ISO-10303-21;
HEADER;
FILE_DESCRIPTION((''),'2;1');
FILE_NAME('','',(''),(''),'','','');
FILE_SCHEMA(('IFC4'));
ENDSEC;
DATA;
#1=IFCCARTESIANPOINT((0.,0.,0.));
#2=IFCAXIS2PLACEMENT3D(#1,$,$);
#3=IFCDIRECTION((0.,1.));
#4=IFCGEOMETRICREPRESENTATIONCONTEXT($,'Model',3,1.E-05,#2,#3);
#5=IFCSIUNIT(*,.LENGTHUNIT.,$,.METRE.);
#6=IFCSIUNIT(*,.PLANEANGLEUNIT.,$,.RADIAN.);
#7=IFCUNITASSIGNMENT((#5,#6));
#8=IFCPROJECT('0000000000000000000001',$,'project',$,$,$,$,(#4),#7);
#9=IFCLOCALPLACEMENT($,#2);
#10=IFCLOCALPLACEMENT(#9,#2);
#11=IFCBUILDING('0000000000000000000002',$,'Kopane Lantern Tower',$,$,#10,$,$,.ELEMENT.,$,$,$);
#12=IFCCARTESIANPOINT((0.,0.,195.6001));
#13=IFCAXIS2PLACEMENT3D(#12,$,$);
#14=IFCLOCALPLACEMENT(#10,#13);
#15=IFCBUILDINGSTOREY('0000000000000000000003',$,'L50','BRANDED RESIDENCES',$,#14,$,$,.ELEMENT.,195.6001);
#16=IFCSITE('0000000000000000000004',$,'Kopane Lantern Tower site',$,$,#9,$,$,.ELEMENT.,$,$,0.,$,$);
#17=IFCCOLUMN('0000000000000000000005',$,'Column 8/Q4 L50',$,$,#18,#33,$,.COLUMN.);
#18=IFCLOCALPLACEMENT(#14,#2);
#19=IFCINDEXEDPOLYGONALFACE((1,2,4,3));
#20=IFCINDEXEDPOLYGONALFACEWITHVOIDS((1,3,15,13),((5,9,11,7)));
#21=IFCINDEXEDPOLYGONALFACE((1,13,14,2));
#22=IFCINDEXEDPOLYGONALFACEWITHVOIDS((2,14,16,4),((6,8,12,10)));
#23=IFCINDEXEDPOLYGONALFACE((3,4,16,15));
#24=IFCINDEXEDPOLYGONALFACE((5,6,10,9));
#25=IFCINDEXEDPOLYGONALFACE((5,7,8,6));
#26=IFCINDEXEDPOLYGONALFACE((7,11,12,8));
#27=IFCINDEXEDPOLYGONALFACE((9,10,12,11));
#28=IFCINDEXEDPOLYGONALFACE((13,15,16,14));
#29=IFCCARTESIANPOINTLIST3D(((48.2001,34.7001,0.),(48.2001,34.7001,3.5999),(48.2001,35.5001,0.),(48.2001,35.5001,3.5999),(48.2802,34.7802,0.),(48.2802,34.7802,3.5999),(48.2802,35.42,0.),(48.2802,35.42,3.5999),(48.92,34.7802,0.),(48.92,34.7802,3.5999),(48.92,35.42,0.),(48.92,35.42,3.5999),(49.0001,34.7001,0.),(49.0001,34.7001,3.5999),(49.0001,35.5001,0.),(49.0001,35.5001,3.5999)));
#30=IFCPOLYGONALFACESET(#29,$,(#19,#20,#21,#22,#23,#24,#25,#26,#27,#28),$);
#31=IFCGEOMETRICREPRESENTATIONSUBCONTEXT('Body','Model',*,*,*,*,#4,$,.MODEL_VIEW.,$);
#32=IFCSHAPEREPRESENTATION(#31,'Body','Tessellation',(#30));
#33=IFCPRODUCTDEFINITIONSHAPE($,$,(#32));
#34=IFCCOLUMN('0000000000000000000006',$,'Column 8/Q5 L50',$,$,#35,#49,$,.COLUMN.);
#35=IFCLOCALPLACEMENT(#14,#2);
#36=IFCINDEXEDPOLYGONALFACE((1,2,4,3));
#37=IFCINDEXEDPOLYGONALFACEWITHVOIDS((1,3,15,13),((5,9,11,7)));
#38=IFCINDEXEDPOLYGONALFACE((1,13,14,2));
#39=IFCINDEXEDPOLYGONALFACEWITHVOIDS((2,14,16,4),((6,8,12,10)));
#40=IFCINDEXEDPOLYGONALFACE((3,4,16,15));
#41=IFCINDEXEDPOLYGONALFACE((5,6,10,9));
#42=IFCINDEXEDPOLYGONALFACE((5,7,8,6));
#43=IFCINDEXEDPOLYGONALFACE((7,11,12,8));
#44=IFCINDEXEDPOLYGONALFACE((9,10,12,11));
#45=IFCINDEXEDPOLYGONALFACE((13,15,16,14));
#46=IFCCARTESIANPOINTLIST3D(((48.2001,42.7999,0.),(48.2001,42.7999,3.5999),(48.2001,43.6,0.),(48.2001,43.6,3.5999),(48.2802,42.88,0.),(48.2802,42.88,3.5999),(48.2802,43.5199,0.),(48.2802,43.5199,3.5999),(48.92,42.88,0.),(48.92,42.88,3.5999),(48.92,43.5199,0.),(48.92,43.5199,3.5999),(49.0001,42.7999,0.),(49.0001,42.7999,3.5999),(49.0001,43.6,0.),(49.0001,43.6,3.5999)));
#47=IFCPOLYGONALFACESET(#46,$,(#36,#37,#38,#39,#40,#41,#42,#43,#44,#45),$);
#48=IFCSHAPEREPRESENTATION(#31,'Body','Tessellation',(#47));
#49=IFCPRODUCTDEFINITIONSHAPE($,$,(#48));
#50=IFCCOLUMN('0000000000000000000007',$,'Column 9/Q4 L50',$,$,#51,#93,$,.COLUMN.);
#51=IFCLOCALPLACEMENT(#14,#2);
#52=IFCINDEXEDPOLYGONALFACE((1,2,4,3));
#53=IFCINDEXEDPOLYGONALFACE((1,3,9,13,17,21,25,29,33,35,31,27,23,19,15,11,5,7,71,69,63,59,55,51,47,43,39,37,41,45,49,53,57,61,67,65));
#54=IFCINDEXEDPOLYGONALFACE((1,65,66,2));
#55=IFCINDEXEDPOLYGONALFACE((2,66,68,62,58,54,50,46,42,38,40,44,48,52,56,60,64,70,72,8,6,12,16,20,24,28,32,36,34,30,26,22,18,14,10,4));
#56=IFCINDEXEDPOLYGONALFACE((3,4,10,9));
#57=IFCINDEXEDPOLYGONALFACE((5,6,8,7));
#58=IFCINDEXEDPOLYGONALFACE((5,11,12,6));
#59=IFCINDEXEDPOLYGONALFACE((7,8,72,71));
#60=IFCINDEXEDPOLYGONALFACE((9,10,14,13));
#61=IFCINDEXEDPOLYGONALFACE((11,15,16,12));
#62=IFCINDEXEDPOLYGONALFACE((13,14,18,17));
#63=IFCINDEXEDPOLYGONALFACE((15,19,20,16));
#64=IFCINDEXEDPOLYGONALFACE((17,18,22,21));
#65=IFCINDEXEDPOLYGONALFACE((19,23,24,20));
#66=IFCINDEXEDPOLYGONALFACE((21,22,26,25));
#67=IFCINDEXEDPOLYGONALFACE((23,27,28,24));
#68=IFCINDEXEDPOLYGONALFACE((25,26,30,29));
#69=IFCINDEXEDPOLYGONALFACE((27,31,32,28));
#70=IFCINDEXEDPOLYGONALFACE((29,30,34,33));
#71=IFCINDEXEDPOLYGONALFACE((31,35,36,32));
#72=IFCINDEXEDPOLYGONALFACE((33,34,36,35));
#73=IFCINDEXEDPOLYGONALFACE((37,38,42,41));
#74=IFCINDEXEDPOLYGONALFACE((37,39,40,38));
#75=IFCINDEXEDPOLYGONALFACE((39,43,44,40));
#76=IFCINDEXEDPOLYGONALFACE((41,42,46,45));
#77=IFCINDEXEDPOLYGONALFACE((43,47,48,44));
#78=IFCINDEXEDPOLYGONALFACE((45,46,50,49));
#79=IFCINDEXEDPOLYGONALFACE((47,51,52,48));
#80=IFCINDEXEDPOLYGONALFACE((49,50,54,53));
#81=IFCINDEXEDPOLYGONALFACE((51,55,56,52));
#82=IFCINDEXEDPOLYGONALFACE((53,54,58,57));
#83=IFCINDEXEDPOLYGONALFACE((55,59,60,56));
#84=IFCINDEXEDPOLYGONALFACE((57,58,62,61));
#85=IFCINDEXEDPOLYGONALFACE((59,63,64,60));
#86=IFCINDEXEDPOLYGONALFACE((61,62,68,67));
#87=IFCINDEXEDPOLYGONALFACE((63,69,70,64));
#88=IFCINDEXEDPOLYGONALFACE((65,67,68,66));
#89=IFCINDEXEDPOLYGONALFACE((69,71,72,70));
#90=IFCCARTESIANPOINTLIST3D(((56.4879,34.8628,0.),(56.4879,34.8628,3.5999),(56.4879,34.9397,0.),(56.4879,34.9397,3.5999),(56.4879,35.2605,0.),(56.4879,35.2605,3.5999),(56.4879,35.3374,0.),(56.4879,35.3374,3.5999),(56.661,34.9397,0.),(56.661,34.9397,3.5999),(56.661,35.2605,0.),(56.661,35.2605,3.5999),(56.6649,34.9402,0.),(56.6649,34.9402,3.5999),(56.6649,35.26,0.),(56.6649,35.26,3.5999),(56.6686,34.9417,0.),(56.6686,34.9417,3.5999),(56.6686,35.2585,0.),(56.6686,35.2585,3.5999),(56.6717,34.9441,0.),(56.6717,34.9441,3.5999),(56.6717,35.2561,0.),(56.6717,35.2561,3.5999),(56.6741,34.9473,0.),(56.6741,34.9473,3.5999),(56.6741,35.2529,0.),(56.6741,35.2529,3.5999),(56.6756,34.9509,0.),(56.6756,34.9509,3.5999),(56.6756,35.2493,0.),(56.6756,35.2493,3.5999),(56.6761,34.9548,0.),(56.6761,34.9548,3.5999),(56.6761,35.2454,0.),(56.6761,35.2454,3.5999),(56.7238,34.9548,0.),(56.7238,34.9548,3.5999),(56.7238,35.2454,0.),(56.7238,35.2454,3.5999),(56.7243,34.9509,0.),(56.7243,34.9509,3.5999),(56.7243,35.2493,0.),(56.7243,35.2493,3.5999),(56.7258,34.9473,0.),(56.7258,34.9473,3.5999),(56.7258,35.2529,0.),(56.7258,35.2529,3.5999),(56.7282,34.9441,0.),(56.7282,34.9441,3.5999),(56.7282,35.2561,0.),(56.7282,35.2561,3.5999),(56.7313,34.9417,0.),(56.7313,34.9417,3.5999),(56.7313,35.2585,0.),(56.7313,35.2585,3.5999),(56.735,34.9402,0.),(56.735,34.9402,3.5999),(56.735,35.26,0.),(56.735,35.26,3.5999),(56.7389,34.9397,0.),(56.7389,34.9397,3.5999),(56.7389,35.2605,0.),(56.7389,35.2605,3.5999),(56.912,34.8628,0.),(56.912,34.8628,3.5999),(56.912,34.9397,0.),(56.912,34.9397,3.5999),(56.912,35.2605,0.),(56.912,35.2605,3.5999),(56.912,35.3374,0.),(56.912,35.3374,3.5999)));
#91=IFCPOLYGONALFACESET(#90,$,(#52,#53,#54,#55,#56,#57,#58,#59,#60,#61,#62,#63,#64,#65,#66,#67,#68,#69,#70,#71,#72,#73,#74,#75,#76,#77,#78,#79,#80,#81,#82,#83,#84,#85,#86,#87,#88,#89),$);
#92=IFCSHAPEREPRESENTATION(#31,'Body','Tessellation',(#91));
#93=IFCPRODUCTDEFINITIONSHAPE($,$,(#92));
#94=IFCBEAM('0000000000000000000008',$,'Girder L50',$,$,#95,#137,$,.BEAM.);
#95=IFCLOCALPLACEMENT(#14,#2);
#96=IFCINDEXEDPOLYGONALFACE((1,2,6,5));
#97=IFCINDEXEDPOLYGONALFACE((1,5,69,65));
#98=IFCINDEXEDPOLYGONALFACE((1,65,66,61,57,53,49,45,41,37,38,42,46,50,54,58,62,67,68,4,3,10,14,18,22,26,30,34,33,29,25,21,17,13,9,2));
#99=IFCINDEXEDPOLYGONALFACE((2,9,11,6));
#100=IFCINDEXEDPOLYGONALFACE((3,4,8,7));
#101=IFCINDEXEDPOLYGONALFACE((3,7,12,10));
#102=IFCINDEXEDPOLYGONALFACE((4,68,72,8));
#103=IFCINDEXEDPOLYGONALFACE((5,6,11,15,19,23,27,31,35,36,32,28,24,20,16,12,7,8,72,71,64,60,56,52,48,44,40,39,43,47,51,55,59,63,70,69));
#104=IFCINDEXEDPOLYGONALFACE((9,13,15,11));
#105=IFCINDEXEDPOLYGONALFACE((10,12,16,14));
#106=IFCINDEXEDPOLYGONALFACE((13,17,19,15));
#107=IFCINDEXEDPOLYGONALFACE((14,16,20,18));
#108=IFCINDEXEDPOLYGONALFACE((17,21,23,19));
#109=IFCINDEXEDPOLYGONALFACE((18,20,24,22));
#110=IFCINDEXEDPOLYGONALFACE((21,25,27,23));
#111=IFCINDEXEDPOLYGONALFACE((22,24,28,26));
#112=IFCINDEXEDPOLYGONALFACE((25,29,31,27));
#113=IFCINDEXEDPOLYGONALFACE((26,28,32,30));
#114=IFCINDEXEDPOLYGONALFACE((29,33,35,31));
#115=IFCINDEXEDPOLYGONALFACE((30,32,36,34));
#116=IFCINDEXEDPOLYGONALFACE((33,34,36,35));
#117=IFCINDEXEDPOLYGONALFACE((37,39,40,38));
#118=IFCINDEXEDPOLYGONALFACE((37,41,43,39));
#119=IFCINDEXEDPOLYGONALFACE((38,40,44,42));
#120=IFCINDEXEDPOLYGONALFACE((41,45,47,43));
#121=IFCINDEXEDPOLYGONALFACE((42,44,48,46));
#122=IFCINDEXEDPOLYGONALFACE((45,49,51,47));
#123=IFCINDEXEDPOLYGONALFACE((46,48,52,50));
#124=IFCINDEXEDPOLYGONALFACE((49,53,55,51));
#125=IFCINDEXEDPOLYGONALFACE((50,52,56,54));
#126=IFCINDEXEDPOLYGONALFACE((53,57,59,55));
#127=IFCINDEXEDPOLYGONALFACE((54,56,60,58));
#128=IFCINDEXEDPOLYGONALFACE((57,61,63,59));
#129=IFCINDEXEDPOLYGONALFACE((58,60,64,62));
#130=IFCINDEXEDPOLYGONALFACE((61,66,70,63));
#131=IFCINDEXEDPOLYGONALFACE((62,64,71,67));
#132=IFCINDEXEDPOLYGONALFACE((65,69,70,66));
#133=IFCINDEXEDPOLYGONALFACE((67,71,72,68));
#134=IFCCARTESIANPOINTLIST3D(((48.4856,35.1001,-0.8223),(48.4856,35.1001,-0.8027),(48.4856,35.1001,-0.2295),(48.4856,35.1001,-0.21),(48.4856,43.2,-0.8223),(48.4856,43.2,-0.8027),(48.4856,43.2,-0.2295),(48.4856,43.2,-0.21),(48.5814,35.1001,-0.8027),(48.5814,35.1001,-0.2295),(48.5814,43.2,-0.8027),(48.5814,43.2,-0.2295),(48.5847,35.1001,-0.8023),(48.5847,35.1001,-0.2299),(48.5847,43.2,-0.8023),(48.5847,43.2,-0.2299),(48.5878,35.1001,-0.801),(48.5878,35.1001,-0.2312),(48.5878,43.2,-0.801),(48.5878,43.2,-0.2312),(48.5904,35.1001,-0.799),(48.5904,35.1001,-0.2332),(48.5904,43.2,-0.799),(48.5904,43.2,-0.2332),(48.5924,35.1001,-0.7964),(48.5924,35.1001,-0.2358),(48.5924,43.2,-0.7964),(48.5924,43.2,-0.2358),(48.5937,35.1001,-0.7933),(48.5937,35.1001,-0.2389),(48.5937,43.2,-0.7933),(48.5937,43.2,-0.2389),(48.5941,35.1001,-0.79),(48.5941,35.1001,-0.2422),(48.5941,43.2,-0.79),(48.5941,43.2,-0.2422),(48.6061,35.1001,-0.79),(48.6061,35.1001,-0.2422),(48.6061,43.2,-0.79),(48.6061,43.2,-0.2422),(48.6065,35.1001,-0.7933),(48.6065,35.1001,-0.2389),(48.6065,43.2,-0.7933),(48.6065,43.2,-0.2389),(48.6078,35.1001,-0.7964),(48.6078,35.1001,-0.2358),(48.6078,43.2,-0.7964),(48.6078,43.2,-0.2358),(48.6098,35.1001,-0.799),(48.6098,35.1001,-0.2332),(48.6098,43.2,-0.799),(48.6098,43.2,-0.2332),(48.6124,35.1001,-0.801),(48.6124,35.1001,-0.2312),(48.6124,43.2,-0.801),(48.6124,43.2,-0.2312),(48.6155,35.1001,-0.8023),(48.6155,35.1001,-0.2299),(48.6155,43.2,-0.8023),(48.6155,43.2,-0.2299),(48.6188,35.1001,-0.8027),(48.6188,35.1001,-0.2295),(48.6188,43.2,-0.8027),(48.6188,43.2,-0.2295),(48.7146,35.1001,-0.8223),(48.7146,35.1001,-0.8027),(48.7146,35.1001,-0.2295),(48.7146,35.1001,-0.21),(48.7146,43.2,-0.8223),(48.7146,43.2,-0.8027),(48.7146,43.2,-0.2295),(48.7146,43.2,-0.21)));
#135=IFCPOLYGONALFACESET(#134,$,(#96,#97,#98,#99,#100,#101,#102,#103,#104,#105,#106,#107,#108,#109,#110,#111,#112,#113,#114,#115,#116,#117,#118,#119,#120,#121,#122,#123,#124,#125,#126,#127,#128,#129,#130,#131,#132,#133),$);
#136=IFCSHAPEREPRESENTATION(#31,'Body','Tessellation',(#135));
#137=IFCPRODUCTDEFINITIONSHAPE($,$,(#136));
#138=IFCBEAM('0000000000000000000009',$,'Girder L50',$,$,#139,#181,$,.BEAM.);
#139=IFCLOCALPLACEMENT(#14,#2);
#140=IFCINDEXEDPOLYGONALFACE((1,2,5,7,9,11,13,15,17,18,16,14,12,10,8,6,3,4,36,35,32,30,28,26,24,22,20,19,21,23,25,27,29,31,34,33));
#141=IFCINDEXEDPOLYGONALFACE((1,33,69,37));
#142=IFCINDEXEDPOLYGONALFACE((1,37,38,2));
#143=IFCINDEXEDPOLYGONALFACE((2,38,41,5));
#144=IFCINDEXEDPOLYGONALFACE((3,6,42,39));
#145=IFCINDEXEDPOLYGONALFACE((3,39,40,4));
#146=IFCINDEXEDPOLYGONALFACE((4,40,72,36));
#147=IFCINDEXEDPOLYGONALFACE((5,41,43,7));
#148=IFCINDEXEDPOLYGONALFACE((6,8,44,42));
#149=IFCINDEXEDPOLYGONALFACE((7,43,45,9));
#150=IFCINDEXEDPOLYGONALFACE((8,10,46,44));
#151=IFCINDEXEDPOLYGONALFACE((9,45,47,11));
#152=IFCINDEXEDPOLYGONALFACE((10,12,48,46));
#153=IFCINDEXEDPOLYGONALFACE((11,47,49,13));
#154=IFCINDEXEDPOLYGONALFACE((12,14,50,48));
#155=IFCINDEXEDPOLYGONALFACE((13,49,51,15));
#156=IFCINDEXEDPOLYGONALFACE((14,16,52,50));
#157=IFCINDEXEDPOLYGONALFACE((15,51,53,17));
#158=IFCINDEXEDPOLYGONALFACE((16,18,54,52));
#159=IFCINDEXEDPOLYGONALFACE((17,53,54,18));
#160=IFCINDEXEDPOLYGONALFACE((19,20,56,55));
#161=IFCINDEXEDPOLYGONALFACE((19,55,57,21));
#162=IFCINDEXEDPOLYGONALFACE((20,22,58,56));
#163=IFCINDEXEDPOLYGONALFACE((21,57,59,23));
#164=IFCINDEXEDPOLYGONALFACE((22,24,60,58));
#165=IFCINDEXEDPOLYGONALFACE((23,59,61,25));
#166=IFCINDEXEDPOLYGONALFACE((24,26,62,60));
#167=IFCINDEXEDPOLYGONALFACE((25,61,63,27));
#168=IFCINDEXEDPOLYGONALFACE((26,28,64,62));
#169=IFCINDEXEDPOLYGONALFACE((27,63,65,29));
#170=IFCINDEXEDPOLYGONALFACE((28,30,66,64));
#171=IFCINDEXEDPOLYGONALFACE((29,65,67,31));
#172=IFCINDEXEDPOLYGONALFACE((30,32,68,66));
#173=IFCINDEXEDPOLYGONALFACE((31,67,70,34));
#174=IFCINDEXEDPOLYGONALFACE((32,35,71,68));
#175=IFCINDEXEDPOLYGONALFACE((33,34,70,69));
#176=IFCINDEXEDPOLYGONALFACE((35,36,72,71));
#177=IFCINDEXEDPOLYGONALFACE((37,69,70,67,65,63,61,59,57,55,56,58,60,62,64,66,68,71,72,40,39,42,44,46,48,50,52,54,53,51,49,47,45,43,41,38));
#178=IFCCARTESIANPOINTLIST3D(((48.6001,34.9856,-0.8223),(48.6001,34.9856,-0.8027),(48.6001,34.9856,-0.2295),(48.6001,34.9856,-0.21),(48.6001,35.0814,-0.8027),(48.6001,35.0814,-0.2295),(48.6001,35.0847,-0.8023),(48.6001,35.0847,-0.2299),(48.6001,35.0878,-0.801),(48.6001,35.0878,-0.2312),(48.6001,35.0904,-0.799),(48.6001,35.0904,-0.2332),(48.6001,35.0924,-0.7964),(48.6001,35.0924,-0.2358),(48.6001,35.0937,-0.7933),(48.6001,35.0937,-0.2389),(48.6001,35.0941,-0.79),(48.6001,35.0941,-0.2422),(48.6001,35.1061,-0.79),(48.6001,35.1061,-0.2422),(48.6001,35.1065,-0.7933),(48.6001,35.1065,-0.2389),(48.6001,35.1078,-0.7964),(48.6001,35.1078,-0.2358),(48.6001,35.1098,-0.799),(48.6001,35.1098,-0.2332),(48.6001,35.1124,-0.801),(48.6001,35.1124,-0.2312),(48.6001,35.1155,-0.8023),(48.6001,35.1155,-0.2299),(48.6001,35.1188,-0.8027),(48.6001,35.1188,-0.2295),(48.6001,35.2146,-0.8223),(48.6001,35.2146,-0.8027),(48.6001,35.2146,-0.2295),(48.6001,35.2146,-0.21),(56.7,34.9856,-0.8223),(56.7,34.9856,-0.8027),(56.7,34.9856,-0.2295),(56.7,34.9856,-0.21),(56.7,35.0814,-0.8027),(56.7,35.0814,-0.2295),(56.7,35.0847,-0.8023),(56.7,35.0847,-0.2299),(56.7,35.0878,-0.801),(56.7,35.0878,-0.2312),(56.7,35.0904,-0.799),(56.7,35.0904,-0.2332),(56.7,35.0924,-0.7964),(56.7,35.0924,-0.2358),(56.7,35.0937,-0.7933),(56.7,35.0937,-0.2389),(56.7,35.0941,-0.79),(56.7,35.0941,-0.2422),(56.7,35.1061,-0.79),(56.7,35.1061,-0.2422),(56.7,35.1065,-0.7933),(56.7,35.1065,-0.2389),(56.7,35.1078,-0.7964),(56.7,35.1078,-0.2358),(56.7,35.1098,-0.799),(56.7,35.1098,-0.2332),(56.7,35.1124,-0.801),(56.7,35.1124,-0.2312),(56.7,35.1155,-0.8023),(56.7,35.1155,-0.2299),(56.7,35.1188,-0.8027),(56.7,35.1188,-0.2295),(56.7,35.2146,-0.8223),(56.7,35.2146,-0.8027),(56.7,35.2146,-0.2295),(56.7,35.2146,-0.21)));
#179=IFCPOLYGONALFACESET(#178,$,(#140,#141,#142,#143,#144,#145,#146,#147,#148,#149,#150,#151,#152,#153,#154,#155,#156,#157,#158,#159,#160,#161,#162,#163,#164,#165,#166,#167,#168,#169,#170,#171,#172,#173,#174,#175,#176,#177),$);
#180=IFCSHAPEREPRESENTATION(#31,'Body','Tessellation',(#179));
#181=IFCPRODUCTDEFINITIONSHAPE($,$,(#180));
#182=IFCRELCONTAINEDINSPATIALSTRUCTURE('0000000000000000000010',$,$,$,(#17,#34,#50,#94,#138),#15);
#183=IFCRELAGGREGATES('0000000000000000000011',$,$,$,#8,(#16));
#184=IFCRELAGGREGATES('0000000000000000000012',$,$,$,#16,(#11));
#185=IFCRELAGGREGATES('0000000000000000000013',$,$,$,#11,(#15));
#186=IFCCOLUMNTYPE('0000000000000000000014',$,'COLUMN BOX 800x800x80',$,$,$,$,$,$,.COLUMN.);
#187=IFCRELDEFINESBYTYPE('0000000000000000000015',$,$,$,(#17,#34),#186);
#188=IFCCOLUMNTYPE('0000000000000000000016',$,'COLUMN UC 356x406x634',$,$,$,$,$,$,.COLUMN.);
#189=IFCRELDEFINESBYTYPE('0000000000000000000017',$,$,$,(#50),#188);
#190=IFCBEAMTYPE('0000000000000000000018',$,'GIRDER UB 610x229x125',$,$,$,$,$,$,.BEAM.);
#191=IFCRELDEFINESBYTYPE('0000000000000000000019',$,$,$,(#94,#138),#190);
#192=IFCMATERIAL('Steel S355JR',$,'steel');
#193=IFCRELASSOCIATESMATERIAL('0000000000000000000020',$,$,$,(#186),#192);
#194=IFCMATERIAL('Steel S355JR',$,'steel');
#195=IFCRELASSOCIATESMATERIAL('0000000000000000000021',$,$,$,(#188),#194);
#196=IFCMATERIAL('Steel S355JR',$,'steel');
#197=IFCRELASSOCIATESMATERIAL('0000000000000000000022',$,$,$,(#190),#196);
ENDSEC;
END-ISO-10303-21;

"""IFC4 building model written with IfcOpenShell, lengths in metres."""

from ifc_helpers import new_model, si_unit, direction, frame, origin, origin_2d, place, context, subcontext, project, spatial, hollow_rectangle, i_section, extrude, material, material_profile, profile_set, type_object, element, save


model = new_model("IFC4")

# Units and contexts
model_context = context("Model", 3, precision=1e-05, world=origin(), true_north=direction((0.0, 1.0)))
body_context = subcontext(model_context, "Body", "Model", "MODEL_VIEW")
ifc_project = project(units=[si_unit("LENGTHUNIT", "METRE"), si_unit("PLANEANGLEUNIT", "RADIAN")], contexts=[model_context])

# Site, building, storey
site_placement = place(None, origin())
site = spatial("IfcSite", under=ifc_project, at=site_placement, Name="Kopane Lantern Tower site", CompositionType="ELEMENT", RefElevation=0.0)
building_placement = place(site_placement, origin())
building = spatial("IfcBuilding", under=site, at=building_placement, Name="Kopane Lantern Tower", CompositionType="ELEMENT")
storey_placement = place(building_placement, frame((0.0, 0.0, 195.6001)))
storey = spatial("IfcBuildingStorey", under=building, at=storey_placement, Name="L50", Description="BRANDED RESIDENCES", CompositionType="ELEMENT", Elevation=195.6001)

# Columns
ifc_material_1 = material(Name="Steel S355JR", Category="steel")
ifc_material_profile_1 = material_profile(ifc_material_1, hollow_rectangle(XDim=0.8, YDim=0.8, WallThickness=0.0801, at=origin_2d()), Name="BOX 800x800x80")
ifc_profile_set_1 = profile_set([ifc_material_profile_1], Name="Steel S355JR")
column_type_1 = type_object("IfcColumnType", Name="COLUMN BOX 800x800x80", PredefinedType="COLUMN", material=ifc_profile_set_1)
for number, where, z_axis, x_axis, name in (
    (1, (48.6001, 35.1001, 0.0), (0.0, 0.0, 1.0), (1.0, 0.0, 0.0), "Column 8/Q4 L50"),
    (2, (48.6001, 43.2, 0.0), (0.0, 0.0, 1.0), (1.0, 0.0, 0.0), "Column 8/Q5 L50"),
):
    element("IfcColumn", number, at=place(storey_placement, frame(where, z_axis=z_axis, x_axis=x_axis)), inside=storey, type_object=column_type_1, Name=name, PredefinedType="COLUMN", context=body_context, shape_type="SweptSolid", body=[
        extrude(hollow_rectangle(XDim=0.8, YDim=0.8, WallThickness=0.0801, at=origin_2d()), origin(), (0.0, 0.0, 1.0), 3.5999),
    ])
ifc_material_2 = material(Name="Steel S355JR", Category="steel")
ifc_material_profile_2 = material_profile(ifc_material_2, i_section(OverallWidth=0.4241, OverallDepth=0.4746, WebThickness=0.0476, FlangeThickness=0.0769, FilletRadius=0.0151, at=origin_2d()), Name="UC 356x406x634")
ifc_profile_set_2 = profile_set([ifc_material_profile_2], Name="Steel S355JR")
column_type_2 = type_object("IfcColumnType", Name="COLUMN UC 356x406x634", PredefinedType="COLUMN", material=ifc_profile_set_2)
column_placement = place(storey_placement, frame((56.7, 35.1001, 0.0), z_axis=(0.0, 0.0, 1.0), x_axis=(1.0, 0.0, 0.0)))
element("IfcColumn", 3, at=column_placement, inside=storey, type_object=column_type_2, Name="Column 9/Q4 L50", PredefinedType="COLUMN", context=body_context, shape_type="SweptSolid", body=[
    extrude(i_section(OverallWidth=0.4241, OverallDepth=0.4746, WebThickness=0.0476, FlangeThickness=0.0769, FilletRadius=0.0151, at=origin_2d()), origin(), (0.0, 0.0, 1.0), 3.5999),
])

# Beams
ifc_material_3 = material(Name="Steel S355JR", Category="steel")
ifc_material_profile_3 = material_profile(ifc_material_3, i_section(OverallWidth=0.229, OverallDepth=0.6123, WebThickness=0.012, FlangeThickness=0.0195, FilletRadius=0.0127, at=origin_2d()), Name="UB 610x229x125")
ifc_profile_set_3 = profile_set([ifc_material_profile_3], Name="Steel S355JR")
beam_type = type_object("IfcBeamType", Name="GIRDER UB 610x229x125", PredefinedType="BEAM", material=ifc_profile_set_3)
for number, where, z_axis, x_axis, name in (
    (4, (48.6001, 35.1001, -0.5161), (0.0, 1.0, 0.0), (-1.0, 0.0, 0.0), "Girder L50"),
    (5, (48.6001, 35.1001, -0.5161), (1.0, 0.0, 0.0), (0.0, 1.0, 0.0), "Girder L50"),
):
    element("IfcBeam", number, at=place(storey_placement, frame(where, z_axis=z_axis, x_axis=x_axis)), inside=storey, type_object=beam_type, Name=name, PredefinedType="BEAM", context=body_context, shape_type="SweptSolid", body=[
        extrude(i_section(OverallWidth=0.229, OverallDepth=0.6123, WebThickness=0.012, FlangeThickness=0.0195, FilletRadius=0.0127, at=origin_2d()), origin(), (0.0, 0.0, 1.0), 8.0999),
    ])

save(model, "model.ifc")
